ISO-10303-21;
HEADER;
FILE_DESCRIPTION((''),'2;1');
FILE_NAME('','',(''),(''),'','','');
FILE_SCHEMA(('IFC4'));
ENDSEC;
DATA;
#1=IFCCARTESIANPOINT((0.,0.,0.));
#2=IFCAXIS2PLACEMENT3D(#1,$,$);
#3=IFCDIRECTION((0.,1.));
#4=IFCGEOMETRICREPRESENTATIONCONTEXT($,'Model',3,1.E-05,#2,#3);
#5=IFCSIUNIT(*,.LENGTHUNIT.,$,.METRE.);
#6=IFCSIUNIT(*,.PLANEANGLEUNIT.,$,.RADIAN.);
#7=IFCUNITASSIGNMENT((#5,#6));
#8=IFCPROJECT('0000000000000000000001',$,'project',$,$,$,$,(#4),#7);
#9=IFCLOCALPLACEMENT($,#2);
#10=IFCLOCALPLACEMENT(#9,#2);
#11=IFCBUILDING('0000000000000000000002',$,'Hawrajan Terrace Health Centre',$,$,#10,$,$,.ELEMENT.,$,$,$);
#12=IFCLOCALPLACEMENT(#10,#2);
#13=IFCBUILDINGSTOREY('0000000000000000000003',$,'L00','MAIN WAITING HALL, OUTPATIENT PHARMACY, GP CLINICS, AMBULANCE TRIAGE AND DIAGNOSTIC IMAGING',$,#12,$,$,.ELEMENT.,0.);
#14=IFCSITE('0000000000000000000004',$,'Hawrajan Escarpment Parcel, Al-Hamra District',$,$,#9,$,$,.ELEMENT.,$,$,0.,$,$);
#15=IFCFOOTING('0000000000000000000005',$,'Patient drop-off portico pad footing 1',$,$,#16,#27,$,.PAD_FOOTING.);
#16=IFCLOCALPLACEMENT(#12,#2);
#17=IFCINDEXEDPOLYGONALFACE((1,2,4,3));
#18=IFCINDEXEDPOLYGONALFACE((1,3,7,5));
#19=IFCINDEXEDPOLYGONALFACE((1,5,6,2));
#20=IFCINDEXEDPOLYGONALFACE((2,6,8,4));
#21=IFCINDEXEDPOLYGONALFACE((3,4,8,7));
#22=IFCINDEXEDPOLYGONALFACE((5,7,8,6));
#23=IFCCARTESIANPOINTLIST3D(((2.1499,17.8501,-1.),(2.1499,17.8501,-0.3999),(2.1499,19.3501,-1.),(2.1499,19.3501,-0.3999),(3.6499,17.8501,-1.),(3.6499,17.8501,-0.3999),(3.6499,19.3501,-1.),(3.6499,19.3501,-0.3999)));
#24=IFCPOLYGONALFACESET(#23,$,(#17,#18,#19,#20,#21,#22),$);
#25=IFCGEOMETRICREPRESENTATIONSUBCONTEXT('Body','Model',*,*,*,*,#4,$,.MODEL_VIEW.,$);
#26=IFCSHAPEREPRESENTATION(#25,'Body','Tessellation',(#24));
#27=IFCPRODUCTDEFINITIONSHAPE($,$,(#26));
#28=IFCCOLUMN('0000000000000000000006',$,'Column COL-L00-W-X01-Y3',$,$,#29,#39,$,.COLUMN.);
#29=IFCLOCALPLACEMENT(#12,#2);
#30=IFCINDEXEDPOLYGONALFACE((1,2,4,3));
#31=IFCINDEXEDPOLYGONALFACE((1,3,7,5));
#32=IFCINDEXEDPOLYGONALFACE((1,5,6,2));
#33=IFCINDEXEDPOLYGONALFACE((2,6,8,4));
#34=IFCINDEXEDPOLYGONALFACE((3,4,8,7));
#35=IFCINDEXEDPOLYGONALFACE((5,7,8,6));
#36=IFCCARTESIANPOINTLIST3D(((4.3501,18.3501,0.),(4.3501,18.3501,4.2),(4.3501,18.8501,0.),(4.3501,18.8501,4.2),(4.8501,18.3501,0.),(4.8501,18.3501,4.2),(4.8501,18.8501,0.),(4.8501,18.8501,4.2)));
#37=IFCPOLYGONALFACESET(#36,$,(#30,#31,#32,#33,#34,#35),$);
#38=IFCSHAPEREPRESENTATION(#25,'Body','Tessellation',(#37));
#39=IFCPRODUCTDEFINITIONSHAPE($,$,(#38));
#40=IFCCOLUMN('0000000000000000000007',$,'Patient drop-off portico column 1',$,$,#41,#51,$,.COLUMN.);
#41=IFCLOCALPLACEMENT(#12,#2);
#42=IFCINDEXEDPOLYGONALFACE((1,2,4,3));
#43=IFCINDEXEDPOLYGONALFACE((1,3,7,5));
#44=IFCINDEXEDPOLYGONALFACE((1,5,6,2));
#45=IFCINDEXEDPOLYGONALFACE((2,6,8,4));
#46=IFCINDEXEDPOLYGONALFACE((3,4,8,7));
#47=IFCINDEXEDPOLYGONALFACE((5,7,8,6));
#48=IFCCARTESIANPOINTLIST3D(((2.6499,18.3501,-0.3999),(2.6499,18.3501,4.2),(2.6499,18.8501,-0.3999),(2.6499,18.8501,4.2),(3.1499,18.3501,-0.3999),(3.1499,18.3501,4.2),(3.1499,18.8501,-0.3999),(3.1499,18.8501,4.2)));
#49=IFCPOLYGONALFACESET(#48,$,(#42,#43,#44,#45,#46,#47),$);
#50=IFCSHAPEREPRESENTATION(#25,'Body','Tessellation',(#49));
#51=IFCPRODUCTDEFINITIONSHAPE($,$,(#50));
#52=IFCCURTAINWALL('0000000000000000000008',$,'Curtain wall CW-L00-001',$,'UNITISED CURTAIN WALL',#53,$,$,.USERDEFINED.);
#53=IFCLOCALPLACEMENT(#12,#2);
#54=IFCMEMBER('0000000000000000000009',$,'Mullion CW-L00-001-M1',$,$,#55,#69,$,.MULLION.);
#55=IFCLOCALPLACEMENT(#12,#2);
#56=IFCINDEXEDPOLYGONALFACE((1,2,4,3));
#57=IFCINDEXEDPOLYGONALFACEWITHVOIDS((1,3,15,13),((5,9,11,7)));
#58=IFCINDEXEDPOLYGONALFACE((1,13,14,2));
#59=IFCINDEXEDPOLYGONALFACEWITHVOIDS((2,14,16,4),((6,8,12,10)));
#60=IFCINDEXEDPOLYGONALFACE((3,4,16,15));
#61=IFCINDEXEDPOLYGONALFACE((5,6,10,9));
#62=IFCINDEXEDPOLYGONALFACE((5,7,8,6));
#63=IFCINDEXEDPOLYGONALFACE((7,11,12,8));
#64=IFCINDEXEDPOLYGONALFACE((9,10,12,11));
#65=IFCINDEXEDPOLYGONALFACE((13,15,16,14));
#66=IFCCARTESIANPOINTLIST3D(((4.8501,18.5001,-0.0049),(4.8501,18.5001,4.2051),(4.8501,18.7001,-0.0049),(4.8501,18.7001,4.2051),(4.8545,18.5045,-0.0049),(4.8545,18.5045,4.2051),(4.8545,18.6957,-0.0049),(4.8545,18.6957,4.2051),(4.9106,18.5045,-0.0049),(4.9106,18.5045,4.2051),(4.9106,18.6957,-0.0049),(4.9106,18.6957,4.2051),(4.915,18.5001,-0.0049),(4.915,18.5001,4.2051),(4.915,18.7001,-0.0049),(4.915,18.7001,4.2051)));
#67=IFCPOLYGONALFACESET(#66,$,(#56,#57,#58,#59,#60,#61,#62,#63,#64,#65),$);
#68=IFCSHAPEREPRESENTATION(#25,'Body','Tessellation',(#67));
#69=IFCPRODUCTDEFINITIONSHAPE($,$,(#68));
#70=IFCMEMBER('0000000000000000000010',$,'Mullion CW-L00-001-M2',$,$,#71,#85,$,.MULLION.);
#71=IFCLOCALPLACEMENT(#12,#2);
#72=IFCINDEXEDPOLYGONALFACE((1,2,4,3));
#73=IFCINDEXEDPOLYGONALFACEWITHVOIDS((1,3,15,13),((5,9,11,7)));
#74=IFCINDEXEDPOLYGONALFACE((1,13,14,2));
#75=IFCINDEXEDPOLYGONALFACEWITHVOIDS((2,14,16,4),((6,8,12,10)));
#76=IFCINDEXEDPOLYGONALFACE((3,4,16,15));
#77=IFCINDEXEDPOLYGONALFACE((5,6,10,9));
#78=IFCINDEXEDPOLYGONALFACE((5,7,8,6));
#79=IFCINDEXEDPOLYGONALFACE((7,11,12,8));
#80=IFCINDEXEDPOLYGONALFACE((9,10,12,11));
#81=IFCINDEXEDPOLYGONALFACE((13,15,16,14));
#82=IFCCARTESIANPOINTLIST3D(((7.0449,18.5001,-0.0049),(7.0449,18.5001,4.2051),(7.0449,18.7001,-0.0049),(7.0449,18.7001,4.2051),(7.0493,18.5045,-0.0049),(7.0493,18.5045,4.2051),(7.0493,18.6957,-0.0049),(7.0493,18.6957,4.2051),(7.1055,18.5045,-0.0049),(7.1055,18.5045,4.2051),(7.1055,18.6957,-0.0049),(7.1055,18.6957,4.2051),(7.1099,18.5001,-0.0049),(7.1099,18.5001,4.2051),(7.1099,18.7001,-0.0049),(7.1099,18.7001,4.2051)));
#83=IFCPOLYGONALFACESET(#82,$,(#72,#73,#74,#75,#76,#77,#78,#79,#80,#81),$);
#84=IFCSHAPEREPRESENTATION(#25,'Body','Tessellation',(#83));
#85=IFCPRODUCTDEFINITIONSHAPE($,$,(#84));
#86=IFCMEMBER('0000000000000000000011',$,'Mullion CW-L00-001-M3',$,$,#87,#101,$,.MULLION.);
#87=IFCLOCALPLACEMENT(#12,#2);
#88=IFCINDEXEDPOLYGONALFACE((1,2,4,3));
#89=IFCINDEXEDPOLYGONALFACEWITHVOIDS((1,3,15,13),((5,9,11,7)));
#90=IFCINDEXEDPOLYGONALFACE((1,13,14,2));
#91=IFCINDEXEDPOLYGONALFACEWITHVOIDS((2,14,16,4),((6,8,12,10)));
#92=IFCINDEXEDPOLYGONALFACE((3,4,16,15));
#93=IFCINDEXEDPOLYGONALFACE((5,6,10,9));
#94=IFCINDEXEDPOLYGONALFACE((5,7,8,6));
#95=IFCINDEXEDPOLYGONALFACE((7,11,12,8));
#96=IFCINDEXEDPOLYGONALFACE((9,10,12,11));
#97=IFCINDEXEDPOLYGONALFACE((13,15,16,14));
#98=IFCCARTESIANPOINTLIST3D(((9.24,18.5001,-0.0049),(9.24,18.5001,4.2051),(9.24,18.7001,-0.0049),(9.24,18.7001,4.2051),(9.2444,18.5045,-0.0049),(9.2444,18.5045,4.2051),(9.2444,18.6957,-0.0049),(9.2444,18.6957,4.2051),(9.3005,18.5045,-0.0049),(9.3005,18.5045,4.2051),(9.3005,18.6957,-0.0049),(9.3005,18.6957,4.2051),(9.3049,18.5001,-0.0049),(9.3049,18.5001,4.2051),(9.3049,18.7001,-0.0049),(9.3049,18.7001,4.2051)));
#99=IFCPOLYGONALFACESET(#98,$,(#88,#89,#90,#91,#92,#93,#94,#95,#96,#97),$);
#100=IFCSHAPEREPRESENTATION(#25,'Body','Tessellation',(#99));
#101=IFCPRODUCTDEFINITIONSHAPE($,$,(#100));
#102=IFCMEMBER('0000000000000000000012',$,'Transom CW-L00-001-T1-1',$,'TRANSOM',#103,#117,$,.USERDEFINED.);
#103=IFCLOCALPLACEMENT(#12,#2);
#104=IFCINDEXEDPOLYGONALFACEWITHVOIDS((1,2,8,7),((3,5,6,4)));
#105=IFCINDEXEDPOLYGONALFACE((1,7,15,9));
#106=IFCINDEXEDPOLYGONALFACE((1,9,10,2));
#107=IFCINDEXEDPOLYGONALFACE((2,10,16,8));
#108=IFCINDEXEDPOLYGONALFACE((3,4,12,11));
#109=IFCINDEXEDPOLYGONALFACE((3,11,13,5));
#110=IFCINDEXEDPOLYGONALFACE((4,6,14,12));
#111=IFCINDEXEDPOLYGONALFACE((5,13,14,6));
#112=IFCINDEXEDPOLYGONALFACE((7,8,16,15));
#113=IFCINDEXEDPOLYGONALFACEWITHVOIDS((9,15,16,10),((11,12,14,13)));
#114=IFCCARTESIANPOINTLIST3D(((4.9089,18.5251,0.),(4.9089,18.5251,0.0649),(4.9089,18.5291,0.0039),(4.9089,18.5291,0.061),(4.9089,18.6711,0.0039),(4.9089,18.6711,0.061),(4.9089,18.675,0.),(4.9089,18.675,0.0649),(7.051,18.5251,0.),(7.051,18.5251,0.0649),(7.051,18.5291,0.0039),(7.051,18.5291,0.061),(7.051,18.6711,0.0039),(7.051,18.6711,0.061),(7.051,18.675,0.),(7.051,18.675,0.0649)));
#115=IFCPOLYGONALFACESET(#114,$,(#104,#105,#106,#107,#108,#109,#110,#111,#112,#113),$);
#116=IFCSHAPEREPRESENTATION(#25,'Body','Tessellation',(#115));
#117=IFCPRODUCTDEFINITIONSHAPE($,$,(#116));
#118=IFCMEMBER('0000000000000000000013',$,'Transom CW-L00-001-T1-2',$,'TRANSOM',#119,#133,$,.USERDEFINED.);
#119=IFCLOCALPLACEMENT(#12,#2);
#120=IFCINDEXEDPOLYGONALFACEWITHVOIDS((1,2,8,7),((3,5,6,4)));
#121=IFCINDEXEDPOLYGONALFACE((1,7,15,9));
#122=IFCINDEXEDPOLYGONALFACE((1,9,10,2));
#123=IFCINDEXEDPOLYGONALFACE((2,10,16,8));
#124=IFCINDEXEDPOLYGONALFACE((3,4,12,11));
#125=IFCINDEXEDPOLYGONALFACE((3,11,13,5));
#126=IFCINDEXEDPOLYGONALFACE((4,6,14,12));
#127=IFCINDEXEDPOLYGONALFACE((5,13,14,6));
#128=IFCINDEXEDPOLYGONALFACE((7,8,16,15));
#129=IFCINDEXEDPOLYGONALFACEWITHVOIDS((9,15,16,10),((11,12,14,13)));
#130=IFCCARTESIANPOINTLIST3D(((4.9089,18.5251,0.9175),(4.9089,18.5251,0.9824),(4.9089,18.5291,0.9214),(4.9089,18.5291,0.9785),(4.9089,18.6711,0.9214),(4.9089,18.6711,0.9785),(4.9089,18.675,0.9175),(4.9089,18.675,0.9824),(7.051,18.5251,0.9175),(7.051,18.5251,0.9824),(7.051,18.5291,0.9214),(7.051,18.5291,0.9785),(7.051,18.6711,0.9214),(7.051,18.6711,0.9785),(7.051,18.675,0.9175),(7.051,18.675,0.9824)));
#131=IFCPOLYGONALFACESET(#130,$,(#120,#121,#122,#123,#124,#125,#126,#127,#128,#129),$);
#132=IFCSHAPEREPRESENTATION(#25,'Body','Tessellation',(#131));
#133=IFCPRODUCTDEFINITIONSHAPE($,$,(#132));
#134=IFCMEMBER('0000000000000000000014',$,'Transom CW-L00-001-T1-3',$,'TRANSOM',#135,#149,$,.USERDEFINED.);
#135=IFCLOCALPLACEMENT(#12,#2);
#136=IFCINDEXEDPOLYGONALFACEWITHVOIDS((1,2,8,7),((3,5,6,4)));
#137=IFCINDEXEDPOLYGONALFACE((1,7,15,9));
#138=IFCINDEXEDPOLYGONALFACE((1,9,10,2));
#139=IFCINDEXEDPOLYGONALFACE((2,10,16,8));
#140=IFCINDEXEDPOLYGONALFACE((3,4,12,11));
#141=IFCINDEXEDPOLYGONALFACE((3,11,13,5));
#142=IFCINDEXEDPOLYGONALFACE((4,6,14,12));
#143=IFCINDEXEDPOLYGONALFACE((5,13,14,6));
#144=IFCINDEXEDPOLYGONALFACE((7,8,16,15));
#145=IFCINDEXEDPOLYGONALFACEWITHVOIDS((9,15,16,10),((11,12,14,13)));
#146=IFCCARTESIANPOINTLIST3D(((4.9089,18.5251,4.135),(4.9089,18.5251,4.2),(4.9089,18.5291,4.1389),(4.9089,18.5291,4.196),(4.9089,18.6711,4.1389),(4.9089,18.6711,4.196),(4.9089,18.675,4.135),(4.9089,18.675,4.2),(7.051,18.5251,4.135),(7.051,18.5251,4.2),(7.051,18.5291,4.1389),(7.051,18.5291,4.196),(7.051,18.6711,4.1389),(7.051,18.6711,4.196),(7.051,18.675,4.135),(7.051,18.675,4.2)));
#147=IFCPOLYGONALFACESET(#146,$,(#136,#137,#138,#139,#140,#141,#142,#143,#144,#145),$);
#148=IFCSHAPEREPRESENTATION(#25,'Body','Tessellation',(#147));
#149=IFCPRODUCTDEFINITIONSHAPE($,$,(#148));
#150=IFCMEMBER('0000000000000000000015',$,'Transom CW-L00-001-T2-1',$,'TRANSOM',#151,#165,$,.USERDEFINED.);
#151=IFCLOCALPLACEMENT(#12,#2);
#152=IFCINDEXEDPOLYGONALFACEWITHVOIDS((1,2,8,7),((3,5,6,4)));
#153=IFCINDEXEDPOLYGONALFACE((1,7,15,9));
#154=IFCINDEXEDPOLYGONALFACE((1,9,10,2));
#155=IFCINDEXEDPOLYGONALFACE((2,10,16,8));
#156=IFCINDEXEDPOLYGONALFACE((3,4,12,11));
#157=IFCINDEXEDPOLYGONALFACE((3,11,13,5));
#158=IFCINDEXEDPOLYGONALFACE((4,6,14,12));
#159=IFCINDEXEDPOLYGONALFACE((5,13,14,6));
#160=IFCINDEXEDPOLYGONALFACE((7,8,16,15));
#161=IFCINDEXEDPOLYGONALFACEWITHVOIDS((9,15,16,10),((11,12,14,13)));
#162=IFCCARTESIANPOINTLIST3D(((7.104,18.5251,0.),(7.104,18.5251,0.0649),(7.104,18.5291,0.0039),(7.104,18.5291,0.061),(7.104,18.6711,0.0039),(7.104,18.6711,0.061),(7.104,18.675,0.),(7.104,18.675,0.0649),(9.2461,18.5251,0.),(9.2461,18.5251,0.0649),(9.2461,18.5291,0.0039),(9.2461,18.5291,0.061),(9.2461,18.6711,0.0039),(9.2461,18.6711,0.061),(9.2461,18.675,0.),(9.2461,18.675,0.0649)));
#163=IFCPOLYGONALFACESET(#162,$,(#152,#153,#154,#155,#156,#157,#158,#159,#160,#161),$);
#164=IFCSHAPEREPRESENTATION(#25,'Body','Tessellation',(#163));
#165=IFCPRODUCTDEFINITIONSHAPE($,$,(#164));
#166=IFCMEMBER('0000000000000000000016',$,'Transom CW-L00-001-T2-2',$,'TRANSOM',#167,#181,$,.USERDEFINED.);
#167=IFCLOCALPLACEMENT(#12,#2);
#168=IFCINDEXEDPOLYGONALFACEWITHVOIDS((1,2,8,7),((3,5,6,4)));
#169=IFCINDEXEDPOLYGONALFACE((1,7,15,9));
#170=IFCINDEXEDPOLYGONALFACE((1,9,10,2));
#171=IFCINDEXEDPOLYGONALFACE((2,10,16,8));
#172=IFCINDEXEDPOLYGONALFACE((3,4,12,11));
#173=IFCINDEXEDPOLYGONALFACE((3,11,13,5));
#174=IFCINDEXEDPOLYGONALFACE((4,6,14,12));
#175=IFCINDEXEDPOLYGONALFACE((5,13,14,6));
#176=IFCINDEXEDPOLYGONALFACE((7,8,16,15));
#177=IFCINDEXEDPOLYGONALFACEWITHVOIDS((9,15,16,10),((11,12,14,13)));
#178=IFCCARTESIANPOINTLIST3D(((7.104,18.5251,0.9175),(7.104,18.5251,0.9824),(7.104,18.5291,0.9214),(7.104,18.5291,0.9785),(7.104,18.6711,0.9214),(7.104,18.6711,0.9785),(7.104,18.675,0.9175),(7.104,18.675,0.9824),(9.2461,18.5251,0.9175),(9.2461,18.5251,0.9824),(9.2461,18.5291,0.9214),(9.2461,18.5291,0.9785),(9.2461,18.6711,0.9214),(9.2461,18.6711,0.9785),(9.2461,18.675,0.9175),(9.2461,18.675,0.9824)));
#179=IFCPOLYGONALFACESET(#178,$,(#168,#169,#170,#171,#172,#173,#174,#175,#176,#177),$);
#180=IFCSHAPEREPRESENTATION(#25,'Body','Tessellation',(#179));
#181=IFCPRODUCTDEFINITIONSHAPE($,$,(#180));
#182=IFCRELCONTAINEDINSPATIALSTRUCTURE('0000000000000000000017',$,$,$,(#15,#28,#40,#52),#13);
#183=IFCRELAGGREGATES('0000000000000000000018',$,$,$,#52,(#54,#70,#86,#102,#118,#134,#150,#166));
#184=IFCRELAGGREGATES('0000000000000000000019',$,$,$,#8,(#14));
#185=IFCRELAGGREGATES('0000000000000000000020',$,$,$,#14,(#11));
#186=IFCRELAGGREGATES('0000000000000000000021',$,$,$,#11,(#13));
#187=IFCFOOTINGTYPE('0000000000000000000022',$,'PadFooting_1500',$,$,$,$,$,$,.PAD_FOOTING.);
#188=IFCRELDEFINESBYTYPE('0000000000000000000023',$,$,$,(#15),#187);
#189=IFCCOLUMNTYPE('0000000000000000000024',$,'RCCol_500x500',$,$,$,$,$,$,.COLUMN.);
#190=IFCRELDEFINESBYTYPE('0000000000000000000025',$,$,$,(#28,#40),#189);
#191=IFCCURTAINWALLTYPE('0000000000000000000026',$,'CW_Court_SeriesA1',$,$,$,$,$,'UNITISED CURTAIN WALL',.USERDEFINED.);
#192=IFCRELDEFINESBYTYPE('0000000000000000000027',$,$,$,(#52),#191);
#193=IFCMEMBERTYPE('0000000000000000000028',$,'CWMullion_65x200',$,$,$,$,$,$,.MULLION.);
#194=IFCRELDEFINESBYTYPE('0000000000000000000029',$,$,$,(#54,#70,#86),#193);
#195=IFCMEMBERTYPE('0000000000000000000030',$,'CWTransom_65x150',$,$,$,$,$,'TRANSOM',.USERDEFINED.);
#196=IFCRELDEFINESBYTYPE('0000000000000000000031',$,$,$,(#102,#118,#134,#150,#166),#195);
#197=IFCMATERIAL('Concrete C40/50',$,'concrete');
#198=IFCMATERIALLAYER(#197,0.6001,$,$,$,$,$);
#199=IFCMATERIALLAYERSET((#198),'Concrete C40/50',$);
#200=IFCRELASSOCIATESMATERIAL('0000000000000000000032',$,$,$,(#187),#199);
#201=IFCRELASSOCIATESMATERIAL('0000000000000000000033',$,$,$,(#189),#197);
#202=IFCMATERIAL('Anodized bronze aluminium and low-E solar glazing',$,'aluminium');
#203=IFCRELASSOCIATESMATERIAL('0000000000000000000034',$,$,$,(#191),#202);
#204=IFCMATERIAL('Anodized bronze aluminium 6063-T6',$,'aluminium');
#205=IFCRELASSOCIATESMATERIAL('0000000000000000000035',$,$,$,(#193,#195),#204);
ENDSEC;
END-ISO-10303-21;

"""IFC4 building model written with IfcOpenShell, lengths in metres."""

from ifc_helpers import new_model, si_unit, direction, frame, origin, origin_2d, place, context, subcontext, project, spatial, rectangle, hollow_rectangle, extrude, material, layer, layer_set, material_profile, profile_set, type_object, element, aggregate, save


model = new_model("IFC4")

# Units and contexts
model_context = context("Model", 3, precision=1e-05, world=origin(), true_north=direction((0.0, 1.0)))
body_context = subcontext(model_context, "Body", "Model", "MODEL_VIEW")
ifc_project = project(units=[si_unit("LENGTHUNIT", "METRE"), si_unit("PLANEANGLEUNIT", "RADIAN")], contexts=[model_context])

# Site, building, storey
site_placement = place(None, origin())
site = spatial("IfcSite", under=ifc_project, at=site_placement, Name="Hawrajan Escarpment Parcel, Al-Hamra District", CompositionType="ELEMENT", RefElevation=0.0)
building_placement = place(site_placement, origin())
building = spatial("IfcBuilding", under=site, at=building_placement, Name="Hawrajan Terrace Health Centre", CompositionType="ELEMENT")
storey_placement = place(building_placement, origin())
storey = spatial("IfcBuildingStorey", under=building, at=storey_placement, Name="L00", Description="MAIN WAITING HALL, OUTPATIENT PHARMACY, GP CLINICS, AMBULANCE TRIAGE AND DIAGNOSTIC IMAGING", CompositionType="ELEMENT", Elevation=0.0)

# Footing
ifc_material_1 = material(Name="Concrete C40/50", Category="concrete")
ifc_layer_1 = layer(ifc_material_1, 0.6001)
ifc_layer_set_1 = layer_set([ifc_layer_1], Name="Concrete C40/50")
footing_type = type_object("IfcFootingType", Name="PadFooting_1500", PredefinedType="PAD_FOOTING", material=ifc_layer_set_1)
footing_placement = place(storey_placement, frame((2.8999, 18.6001, -1.0), z_axis=(0.0, 0.0, 1.0), x_axis=(1.0, 0.0, 0.0)))
element("IfcFooting", 1, at=footing_placement, inside=storey, type_object=footing_type, Name="Patient drop-off portico pad footing 1", PredefinedType="PAD_FOOTING", context=body_context, shape_type="SweptSolid", body=[
    extrude(rectangle(XDim=1.5, YDim=1.5, at=origin_2d()), origin(), (0.0, 0.0, 1.0), 0.6001),
])

# Columns
ifc_material_profile_1 = material_profile(ifc_material_1, rectangle(XDim=0.5, YDim=0.5, at=origin_2d()), Name="RC 500x500")
ifc_profile_set_1 = profile_set([ifc_material_profile_1], Name="Concrete C40/50")
column_type = type_object("IfcColumnType", Name="RCCol_500x500", PredefinedType="COLUMN", material=ifc_profile_set_1)
column_1_placement = place(storey_placement, frame((4.6001, 18.6001, 0.0), z_axis=(0.0, 0.0, 1.0), x_axis=(1.0, 0.0, 0.0)))
element("IfcColumn", 2, at=column_1_placement, inside=storey, type_object=column_type, Name="Column COL-L00-W-X01-Y3", PredefinedType="COLUMN", context=body_context, shape_type="SweptSolid", body=[
    extrude(rectangle(XDim=0.5, YDim=0.5, at=origin_2d()), origin(), (0.0, 0.0, 1.0), 4.2),
])
column_2_placement = place(storey_placement, frame((2.8999, 18.6001, -0.3999), z_axis=(0.0, 0.0, 1.0), x_axis=(1.0, 0.0, 0.0)))
element("IfcColumn", 3, at=column_2_placement, inside=storey, type_object=column_type, Name="Patient drop-off portico column 1", PredefinedType="COLUMN", context=body_context, shape_type="SweptSolid", body=[
    extrude(rectangle(XDim=0.5, YDim=0.5, at=origin_2d()), origin(), (0.0, 0.0, 1.0), 4.5999),
])

# Curtain wall, members
ifc_material_2 = material(Name="Anodized bronze aluminium and low-E solar glazing", Category="aluminium")
curtain_wall_type = type_object("IfcCurtainWallType", Name="CW_Court_SeriesA1", ElementType="UNITISED CURTAIN WALL", PredefinedType="USERDEFINED", material=ifc_material_2)
curtain_wall_placement = place(storey_placement, origin())
curtain_wall = element("IfcCurtainWall", 4, at=curtain_wall_placement, inside=storey, type_object=curtain_wall_type, Name="Curtain wall CW-L00-001", ObjectType="UNITISED CURTAIN WALL", PredefinedType="USERDEFINED")
ifc_material_3 = material(Name="Anodized bronze aluminium 6063-T6", Category="aluminium")
ifc_material_profile_2 = material_profile(ifc_material_3, hollow_rectangle(XDim=0.0649, YDim=0.2, WallThickness=0.0044, at=origin_2d()), Name="CW MUL 65x200")
ifc_profile_set_2 = profile_set([ifc_material_profile_2], Name="Anodized bronze aluminium 6063-T6")
member_type_1 = type_object("IfcMemberType", Name="CWMullion_65x200", PredefinedType="MULLION", material=ifc_profile_set_2)
member_1_placement = place(storey_placement, frame((4.8826, 18.6001, -0.0049), z_axis=(0.0, 0.0, 1.0), x_axis=(1.0, 0.0, 0.0)))
member_1 = element("IfcMember", 5, at=member_1_placement, type_object=member_type_1, Name="Mullion CW-L00-001-M1", PredefinedType="MULLION", context=body_context, shape_type="SweptSolid", body=[
    extrude(hollow_rectangle(XDim=0.0649, YDim=0.2, WallThickness=0.0044, at=origin_2d()), origin(), (0.0, 0.0, 1.0), 4.21),
])
member_2_placement = place(storey_placement, frame((7.0774, 18.6001, -0.0049), z_axis=(0.0, 0.0, 1.0), x_axis=(1.0, 0.0, 0.0)))
member_2 = element("IfcMember", 6, at=member_2_placement, type_object=member_type_1, Name="Mullion CW-L00-001-M2", PredefinedType="MULLION", context=body_context, shape_type="SweptSolid", body=[
    extrude(hollow_rectangle(XDim=0.0649, YDim=0.2, WallThickness=0.0044, at=origin_2d()), origin(), (0.0, 0.0, 1.0), 4.21),
])
member_3_placement = place(storey_placement, frame((9.2725, 18.6001, -0.0049), z_axis=(0.0, 0.0, 1.0), x_axis=(1.0, 0.0, 0.0)))
member_3 = element("IfcMember", 7, at=member_3_placement, type_object=member_type_1, Name="Mullion CW-L00-001-M3", PredefinedType="MULLION", context=body_context, shape_type="SweptSolid", body=[
    extrude(hollow_rectangle(XDim=0.0649, YDim=0.2, WallThickness=0.0044, at=origin_2d()), origin(), (0.0, 0.0, 1.0), 4.21),
])
ifc_material_profile_3 = material_profile(ifc_material_3, hollow_rectangle(XDim=0.0649, YDim=0.1499, WallThickness=0.0039, at=origin_2d()), Name="CW TRN 65x150")
ifc_profile_set_3 = profile_set([ifc_material_profile_3], Name="Anodized bronze aluminium 6063-T6")
member_type_2 = type_object("IfcMemberType", Name="CWTransom_65x150", ElementType="TRANSOM", PredefinedType="USERDEFINED", material=ifc_profile_set_3)
member_4_placement = place(storey_placement, frame((4.9089, 18.6001, 0.0325), z_axis=(1.0, 0.0, 0.0), x_axis=(0.0, 0.0, 1.0)))
member_4 = element("IfcMember", 8, at=member_4_placement, type_object=member_type_2, Name="Transom CW-L00-001-T1-1", ObjectType="TRANSOM", PredefinedType="USERDEFINED", context=body_context, shape_type="SweptSolid", body=[
    extrude(hollow_rectangle(XDim=0.0649, YDim=0.1499, WallThickness=0.0039, at=origin_2d()), origin(), (0.0, 0.0, 1.0), 2.1421),
])
member_5_placement = place(storey_placement, frame((4.9089, 18.6001, 0.95), z_axis=(1.0, 0.0, 0.0), x_axis=(0.0, 0.0, 1.0)))
member_5 = element("IfcMember", 9, at=member_5_placement, type_object=member_type_2, Name="Transom CW-L00-001-T1-2", ObjectType="TRANSOM", PredefinedType="USERDEFINED", context=body_context, shape_type="SweptSolid", body=[
    extrude(hollow_rectangle(XDim=0.0649, YDim=0.1499, WallThickness=0.0039, at=origin_2d()), origin(), (0.0, 0.0, 1.0), 2.1421),
])
member_6_placement = place(storey_placement, frame((4.9089, 18.6001, 4.1675), z_axis=(1.0, 0.0, 0.0), x_axis=(0.0, 0.0, 1.0)))
member_6 = element("IfcMember", 10, at=member_6_placement, type_object=member_type_2, Name="Transom CW-L00-001-T1-3", ObjectType="TRANSOM", PredefinedType="USERDEFINED", context=body_context, shape_type="SweptSolid", body=[
    extrude(hollow_rectangle(XDim=0.0649, YDim=0.1499, WallThickness=0.0039, at=origin_2d()), origin(), (0.0, 0.0, 1.0), 2.1421),
])
member_7_placement = place(storey_placement, frame((7.104, 18.6001, 0.0325), z_axis=(1.0, 0.0, 0.0), x_axis=(0.0, 0.0, 1.0)))
member_7 = element("IfcMember", 11, at=member_7_placement, type_object=member_type_2, Name="Transom CW-L00-001-T2-1", ObjectType="TRANSOM", PredefinedType="USERDEFINED", context=body_context, shape_type="SweptSolid", body=[
    extrude(hollow_rectangle(XDim=0.0649, YDim=0.1499, WallThickness=0.0039, at=origin_2d()), origin(), (0.0, 0.0, 1.0), 2.1421),
])
member_8_placement = place(storey_placement, frame((7.104, 18.6001, 0.95), z_axis=(1.0, 0.0, 0.0), x_axis=(0.0, 0.0, 1.0)))
member_8 = element("IfcMember", 12, at=member_8_placement, type_object=member_type_2, Name="Transom CW-L00-001-T2-2", ObjectType="TRANSOM", PredefinedType="USERDEFINED", context=body_context, shape_type="SweptSolid", body=[
    extrude(hollow_rectangle(XDim=0.0649, YDim=0.1499, WallThickness=0.0039, at=origin_2d()), origin(), (0.0, 0.0, 1.0), 2.1421),
])

aggregate(curtain_wall, [member_1, member_2, member_3, member_4, member_5, member_6, member_7, member_8])

save(model, "model.ifc")
